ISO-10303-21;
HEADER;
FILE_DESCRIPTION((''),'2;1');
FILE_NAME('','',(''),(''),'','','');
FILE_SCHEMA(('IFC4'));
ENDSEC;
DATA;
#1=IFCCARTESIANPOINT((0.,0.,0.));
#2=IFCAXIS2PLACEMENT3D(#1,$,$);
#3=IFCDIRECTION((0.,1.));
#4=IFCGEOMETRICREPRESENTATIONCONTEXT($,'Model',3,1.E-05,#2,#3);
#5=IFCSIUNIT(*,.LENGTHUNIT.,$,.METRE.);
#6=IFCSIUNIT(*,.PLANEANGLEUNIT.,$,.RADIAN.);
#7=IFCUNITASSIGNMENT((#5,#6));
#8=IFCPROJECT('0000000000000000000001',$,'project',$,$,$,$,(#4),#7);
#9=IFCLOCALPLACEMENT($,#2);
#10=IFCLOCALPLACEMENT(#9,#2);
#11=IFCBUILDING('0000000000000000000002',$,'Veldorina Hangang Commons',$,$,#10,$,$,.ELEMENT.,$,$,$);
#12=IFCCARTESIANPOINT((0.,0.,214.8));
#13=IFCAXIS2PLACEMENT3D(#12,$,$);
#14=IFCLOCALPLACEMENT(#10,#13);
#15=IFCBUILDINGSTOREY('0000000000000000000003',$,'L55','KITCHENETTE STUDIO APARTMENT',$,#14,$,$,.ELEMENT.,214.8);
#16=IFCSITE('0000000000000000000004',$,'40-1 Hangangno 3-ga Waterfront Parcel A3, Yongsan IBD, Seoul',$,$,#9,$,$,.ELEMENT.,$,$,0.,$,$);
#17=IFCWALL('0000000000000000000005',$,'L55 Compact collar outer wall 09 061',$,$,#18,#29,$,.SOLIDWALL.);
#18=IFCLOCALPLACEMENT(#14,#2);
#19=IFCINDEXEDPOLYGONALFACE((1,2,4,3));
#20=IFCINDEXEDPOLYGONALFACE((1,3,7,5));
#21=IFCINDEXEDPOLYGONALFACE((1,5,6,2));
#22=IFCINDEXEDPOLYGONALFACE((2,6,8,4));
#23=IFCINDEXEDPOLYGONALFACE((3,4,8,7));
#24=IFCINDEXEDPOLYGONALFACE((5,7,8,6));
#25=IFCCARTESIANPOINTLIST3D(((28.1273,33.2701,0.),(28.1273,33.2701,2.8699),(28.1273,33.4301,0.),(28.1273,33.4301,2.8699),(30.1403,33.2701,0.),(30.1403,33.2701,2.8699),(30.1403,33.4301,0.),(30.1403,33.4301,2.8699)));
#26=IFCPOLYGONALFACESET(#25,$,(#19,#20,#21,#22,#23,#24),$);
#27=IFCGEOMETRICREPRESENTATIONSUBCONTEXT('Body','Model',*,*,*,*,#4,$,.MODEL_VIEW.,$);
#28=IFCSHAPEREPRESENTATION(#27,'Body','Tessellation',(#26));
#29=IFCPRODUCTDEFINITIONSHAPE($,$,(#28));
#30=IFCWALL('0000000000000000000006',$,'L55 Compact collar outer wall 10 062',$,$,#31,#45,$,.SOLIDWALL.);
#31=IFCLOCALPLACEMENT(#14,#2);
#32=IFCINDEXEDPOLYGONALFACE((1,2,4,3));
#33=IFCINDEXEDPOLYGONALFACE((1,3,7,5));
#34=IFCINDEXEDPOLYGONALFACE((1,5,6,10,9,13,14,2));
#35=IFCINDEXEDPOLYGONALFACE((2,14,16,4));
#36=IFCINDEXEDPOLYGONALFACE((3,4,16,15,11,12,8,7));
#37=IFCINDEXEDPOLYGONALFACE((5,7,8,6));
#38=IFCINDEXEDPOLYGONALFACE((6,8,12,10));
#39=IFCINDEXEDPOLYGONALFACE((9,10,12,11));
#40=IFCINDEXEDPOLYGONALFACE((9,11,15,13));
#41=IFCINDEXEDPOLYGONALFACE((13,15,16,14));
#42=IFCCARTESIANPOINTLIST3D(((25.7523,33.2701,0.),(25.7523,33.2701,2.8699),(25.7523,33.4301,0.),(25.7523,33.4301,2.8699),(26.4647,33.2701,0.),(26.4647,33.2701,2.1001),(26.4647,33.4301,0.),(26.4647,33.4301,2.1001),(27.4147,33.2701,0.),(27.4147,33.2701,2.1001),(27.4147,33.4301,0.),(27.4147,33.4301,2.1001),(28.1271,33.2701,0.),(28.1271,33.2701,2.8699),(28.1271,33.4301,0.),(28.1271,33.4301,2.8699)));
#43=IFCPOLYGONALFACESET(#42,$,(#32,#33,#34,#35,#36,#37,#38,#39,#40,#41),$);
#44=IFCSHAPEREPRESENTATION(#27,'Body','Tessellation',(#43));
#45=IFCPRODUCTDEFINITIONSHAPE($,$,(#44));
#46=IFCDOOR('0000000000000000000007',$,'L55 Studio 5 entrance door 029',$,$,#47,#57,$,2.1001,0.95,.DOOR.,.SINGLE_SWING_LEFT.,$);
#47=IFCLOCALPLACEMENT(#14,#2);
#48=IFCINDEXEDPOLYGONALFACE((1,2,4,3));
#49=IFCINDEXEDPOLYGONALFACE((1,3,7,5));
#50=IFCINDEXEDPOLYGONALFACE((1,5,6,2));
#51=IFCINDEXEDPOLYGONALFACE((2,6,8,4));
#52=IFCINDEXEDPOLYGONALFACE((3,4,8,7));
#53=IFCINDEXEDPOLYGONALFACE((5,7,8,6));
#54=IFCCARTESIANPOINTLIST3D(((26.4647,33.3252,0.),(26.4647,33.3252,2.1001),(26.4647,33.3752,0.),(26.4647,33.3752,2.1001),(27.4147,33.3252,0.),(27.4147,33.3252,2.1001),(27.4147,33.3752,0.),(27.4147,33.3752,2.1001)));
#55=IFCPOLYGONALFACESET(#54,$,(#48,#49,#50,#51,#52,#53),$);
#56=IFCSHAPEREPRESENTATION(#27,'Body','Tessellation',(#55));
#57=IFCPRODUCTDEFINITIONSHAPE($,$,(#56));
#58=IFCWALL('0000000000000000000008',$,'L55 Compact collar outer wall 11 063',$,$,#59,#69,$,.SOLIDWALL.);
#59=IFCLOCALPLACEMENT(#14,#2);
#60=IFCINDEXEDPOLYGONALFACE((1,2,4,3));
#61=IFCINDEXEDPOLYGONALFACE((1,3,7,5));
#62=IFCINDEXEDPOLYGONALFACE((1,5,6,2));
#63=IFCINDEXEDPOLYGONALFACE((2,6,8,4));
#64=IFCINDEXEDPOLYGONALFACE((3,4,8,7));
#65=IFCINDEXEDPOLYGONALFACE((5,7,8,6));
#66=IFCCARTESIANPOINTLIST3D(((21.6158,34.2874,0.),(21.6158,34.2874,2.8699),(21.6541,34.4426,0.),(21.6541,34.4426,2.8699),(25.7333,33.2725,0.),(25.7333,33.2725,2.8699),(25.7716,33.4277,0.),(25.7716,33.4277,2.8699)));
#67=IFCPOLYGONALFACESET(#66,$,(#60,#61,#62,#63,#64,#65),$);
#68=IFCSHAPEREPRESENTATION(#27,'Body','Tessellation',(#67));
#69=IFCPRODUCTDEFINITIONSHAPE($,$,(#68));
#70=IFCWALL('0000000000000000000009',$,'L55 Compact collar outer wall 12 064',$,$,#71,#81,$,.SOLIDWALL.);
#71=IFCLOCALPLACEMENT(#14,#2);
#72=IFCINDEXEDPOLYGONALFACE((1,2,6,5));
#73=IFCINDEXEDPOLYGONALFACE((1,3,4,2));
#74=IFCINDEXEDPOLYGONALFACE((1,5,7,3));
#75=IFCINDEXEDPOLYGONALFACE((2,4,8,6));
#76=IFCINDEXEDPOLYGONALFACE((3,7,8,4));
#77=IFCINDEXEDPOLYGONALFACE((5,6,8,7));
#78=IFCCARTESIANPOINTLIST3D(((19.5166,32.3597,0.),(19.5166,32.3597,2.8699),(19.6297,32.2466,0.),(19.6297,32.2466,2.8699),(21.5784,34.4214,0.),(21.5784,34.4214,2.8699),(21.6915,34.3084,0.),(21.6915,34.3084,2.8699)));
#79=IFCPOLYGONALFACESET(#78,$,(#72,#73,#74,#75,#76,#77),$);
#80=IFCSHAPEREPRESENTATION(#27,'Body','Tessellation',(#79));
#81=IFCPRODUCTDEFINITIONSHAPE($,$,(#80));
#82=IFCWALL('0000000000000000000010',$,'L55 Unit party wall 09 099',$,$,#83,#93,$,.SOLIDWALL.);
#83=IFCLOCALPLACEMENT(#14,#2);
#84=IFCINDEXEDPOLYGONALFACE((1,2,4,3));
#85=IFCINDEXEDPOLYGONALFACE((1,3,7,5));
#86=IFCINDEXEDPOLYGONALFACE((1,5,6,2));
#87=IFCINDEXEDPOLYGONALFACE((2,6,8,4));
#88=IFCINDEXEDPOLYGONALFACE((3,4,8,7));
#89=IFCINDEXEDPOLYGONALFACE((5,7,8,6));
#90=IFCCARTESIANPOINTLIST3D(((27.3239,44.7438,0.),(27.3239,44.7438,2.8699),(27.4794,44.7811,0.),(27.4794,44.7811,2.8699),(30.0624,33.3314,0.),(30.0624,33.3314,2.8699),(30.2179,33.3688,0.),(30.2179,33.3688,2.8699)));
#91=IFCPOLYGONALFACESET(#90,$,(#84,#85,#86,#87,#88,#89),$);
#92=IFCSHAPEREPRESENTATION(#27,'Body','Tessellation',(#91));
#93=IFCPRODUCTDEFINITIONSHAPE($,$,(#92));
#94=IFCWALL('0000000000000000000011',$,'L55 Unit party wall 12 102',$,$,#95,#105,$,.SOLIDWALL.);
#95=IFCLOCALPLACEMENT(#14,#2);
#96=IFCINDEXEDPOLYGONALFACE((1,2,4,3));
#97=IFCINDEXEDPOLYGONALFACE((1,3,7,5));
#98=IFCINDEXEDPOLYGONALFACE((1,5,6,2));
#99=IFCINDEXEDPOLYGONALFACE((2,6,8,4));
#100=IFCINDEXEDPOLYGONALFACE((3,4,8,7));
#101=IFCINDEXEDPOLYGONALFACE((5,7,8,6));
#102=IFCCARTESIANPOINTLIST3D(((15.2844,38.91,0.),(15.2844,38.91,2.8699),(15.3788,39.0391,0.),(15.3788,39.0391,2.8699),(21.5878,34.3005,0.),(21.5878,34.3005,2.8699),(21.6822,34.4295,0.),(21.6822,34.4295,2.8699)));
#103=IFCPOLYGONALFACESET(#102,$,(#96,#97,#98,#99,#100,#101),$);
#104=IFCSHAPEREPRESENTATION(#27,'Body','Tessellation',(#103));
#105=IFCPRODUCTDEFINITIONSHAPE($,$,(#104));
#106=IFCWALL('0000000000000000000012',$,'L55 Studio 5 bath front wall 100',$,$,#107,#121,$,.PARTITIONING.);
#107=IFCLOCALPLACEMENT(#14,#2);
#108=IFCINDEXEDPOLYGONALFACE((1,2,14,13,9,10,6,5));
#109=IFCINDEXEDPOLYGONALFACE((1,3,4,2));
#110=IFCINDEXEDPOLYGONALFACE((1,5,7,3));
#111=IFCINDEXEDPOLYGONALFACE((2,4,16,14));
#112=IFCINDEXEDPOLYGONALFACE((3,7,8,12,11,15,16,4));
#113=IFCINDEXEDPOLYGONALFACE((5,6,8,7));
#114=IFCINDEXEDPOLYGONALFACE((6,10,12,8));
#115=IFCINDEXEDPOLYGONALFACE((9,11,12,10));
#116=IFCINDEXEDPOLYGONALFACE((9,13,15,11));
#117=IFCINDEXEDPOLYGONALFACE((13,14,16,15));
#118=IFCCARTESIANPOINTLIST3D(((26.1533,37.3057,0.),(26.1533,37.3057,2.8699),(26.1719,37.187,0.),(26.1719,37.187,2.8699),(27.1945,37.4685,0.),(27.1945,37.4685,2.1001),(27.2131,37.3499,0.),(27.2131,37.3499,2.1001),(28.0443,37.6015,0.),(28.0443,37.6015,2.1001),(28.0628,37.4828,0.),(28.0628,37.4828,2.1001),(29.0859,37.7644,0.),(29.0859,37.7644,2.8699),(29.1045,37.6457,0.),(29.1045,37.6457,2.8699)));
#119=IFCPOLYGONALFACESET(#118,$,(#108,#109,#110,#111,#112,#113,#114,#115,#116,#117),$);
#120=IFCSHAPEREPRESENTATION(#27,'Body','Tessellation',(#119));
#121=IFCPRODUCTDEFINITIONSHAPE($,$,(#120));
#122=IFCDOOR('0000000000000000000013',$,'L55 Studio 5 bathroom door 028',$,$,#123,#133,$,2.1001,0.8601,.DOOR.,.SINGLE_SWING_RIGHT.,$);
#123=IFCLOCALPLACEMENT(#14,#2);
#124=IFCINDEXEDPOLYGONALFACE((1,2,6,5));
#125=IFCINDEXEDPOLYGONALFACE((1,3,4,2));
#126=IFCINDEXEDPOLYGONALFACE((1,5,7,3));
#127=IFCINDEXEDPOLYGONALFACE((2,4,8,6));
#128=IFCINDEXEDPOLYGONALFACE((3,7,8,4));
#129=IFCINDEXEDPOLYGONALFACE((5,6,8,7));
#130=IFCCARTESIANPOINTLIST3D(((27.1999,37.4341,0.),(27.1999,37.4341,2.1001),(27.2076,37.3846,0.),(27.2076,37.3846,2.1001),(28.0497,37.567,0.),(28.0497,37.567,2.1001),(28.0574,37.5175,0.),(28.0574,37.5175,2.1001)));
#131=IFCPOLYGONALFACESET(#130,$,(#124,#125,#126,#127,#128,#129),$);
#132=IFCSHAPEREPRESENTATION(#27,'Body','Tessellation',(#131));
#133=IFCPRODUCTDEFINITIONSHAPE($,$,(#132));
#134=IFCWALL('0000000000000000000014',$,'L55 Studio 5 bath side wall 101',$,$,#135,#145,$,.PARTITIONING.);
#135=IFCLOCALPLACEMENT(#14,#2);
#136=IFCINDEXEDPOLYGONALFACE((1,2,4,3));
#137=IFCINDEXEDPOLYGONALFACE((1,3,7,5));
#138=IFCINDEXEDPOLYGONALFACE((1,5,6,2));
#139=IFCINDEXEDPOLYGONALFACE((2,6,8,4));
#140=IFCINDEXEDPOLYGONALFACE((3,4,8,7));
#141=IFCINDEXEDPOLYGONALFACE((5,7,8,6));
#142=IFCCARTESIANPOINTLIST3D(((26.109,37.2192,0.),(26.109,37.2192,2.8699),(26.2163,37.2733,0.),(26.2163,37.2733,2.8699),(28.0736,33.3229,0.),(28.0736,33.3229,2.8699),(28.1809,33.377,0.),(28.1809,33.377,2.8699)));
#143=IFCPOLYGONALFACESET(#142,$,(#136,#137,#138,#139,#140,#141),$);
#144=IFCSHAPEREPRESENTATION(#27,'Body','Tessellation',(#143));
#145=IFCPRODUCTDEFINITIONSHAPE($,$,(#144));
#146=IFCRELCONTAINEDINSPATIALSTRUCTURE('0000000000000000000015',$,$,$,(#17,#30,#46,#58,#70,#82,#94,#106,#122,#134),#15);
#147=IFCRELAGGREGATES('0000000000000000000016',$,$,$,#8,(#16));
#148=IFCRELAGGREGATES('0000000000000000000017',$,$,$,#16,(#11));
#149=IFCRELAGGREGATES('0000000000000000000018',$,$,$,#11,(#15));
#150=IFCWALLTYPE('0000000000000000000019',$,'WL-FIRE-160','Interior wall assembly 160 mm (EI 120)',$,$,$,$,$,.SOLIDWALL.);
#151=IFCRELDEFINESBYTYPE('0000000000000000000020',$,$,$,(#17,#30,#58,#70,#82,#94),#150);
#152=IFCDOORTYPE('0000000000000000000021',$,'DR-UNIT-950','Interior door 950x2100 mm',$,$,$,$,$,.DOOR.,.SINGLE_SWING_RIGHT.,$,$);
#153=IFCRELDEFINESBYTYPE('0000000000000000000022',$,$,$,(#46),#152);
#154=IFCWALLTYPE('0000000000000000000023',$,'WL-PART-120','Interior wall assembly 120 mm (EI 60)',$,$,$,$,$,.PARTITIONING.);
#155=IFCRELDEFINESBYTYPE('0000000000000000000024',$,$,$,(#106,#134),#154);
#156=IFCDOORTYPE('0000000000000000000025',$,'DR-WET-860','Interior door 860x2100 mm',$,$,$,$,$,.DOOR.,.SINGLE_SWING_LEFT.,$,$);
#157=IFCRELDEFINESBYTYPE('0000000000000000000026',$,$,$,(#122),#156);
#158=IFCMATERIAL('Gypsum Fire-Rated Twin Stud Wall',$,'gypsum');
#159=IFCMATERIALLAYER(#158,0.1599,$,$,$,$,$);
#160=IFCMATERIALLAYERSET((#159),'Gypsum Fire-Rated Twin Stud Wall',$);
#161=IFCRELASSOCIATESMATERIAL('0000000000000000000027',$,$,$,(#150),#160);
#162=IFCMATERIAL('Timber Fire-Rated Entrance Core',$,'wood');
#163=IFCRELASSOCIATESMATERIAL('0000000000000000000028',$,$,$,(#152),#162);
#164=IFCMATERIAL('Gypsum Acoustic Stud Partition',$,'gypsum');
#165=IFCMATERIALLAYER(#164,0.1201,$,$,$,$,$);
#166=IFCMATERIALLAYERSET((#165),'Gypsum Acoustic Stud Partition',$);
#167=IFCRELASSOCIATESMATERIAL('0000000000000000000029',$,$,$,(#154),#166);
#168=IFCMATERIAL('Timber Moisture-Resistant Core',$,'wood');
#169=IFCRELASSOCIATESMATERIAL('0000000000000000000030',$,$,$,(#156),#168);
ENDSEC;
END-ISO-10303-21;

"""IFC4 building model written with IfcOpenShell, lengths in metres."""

from ifc_helpers import new_model, si_unit, direction, frame, frame_2d, origin, place, context, subcontext, project, spatial, rectangle, extrude, material, layer, layer_set, type_object, element, fill, save


model = new_model("IFC4")

# Units and contexts
model_context = context("Model", 3, precision=1e-05, world=origin(), true_north=direction((0.0, 1.0)))
body_context = subcontext(model_context, "Body", "Model", "MODEL_VIEW")
ifc_project = project(units=[si_unit("LENGTHUNIT", "METRE"), si_unit("PLANEANGLEUNIT", "RADIAN")], contexts=[model_context])

# Site, building, storey
site_placement = place(None, origin())
site = spatial("IfcSite", under=ifc_project, at=site_placement, Name="40-1 Hangangno 3-ga Waterfront Parcel A3, Yongsan IBD, Seoul", CompositionType="ELEMENT", RefElevation=0.0)
building_placement = place(site_placement, origin())
building = spatial("IfcBuilding", under=site, at=building_placement, Name="Veldorina Hangang Commons", CompositionType="ELEMENT")
storey_placement = place(building_placement, frame((0.0, 0.0, 214.8)))
storey = spatial("IfcBuildingStorey", under=building, at=storey_placement, Name="L55", Description="KITCHENETTE STUDIO APARTMENT", CompositionType="ELEMENT", Elevation=214.8)

# Wall
ifc_material_1 = material(Name="Gypsum Fire-Rated Twin Stud Wall", Category="gypsum")
ifc_layer_1 = layer(ifc_material_1, 0.1599)
ifc_layer_set_1 = layer_set([ifc_layer_1], Name="Gypsum Fire-Rated Twin Stud Wall")
wall_type_1 = type_object("IfcWallType", Name="WL-FIRE-160", Description="Interior wall assembly 160 mm (EI 120)", PredefinedType="SOLIDWALL", material=ifc_layer_set_1)
wall_1_placement = place(storey_placement, frame((30.1401, 33.3501, 0.0), z_axis=(0.0, 0.0, 1.0), x_axis=(-1.0, 0.0, 0.0)))
element("IfcWall", 1, at=wall_1_placement, inside=storey, type_object=wall_type_1, Name="L55 Compact collar outer wall 09 061", PredefinedType="SOLIDWALL", context=body_context, shape_type="SweptSolid", body=[
    extrude(rectangle(XDim=2.0129, YDim=0.1599, at=frame_2d((1.0063, 0.0))), origin(), (0.0, 0.0, 1.0), 2.8699),
])

# Wall, opening, door
wall_2_placement = place(storey_placement, frame((28.1272, 33.3501, 0.0), z_axis=(0.0, 0.0, 1.0), x_axis=(-1.0, 0.0, 0.0)))
wall_2 = element("IfcWall", 2, at=wall_2_placement, inside=storey, type_object=wall_type_1, Name="L55 Compact collar outer wall 10 062", PredefinedType="SOLIDWALL", context=body_context, shape_type="SweptSolid", body=[
    extrude(rectangle(XDim=2.3748, YDim=0.1599, at=frame_2d((1.1875, 0.0))), origin(), (0.0, 0.0, 1.0), 2.8699),
])
opening_1_placement = place(wall_2_placement, frame((0.7124, 0.0, 0.0)))
opening_1 = element("IfcOpeningElement", 3, at=opening_1_placement, cuts=wall_2, PredefinedType="OPENING", context=body_context, shape_type="SweptSolid", body=[
    extrude(rectangle(XDim=0.95, YDim=2.1001, at=frame_2d((0.4751, 1.05))), frame((0.0, 0.0898, 0.0), z_axis=(0.0, -1.0, 0.0), x_axis=(1.0, 0.0, 0.0)), (0.0, 0.0, 1.0), 0.1799),
])
ifc_material_2 = material(Name="Timber Fire-Rated Entrance Core", Category="wood")
door_type_1 = type_object("IfcDoorType", Name="DR-UNIT-950", Description="Interior door 950x2100 mm", OperationType="SINGLE_SWING_RIGHT", PredefinedType="DOOR", material=ifc_material_2)
door_1_placement = place(opening_1_placement, origin())
door_1 = element("IfcDoor", 4, at=door_1_placement, inside=storey, type_object=door_type_1, Name="L55 Studio 5 entrance door 029", OperationType="SINGLE_SWING_LEFT", OverallHeight=2.1001, OverallWidth=0.95, PredefinedType="DOOR", context=body_context, shape_type="SweptSolid", body=[
    extrude(rectangle(XDim=0.95, YDim=2.1001, at=frame_2d((0.4751, 1.05))), frame((0.0, 0.0249, 0.0), z_axis=(0.0, -1.0, 0.0), x_axis=(1.0, 0.0, 0.0)), (0.0, 0.0, 1.0), 0.05),
])
fill(opening_1, door_1)

# Walls
wall_3_placement = place(storey_placement, frame((25.7524, 33.3501, 0.0), z_axis=(0.0, 0.0, 1.0), x_axis=(-0.97094, 0.239324, 0.0)))
element("IfcWall", 5, at=wall_3_placement, inside=storey, type_object=wall_type_1, Name="L55 Compact collar outer wall 11 063", PredefinedType="SOLIDWALL", context=body_context, shape_type="SweptSolid", body=[
    extrude(rectangle(XDim=4.2407, YDim=0.1599, at=frame_2d((2.1204, 0.0))), origin(), (0.0, 0.0, 1.0), 2.8699),
])
wall_4_placement = place(storey_placement, frame((21.635, 34.365, 0.0), z_axis=(0.0, 0.0, 1.0), x_axis=(-0.707107, -0.707107, 0.0)))
element("IfcWall", 6, at=wall_4_placement, inside=storey, type_object=wall_type_1, Name="L55 Compact collar outer wall 12 064", PredefinedType="SOLIDWALL", context=body_context, shape_type="SweptSolid", body=[
    extrude(rectangle(XDim=2.9158, YDim=0.1599, at=frame_2d((1.458, 0.0))), origin(), (0.0, 0.0, 1.0), 2.8699),
])
wall_5_placement = place(storey_placement, frame((30.1401, 33.3501, 0.0), z_axis=(0.0, 0.0, 1.0), x_axis=(-0.233338, 0.972396, 0.0)))
element("IfcWall", 7, at=wall_5_placement, inside=storey, type_object=wall_type_1, Name="L55 Unit party wall 09 099", PredefinedType="SOLIDWALL", context=body_context, shape_type="SweptSolid", body=[
    extrude(rectangle(XDim=11.7363, YDim=0.1599, at=frame_2d((5.8682, 0.0))), origin(), (0.0, 0.0, 1.0), 2.8699),
])
wall_6_placement = place(storey_placement, frame((21.635, 34.365, 0.0), z_axis=(0.0, 0.0, 1.0), x_axis=(-0.807193, 0.590287, 0.0)))
element("IfcWall", 8, at=wall_6_placement, inside=storey, type_object=wall_type_1, Name="L55 Unit party wall 12 102", PredefinedType="SOLIDWALL", context=body_context, shape_type="SweptSolid", body=[
    extrude(rectangle(XDim=7.8091, YDim=0.1599, at=frame_2d((3.9045, 0.0))), origin(), (0.0, 0.0, 1.0), 2.8699),
])

# Wall, opening, door
ifc_material_3 = material(Name="Gypsum Acoustic Stud Partition", Category="gypsum")
ifc_layer_2 = layer(ifc_material_3, 0.1201)
ifc_layer_set_2 = layer_set([ifc_layer_2], Name="Gypsum Acoustic Stud Partition")
wall_type_2 = type_object("IfcWallType", Name="WL-PART-120", Description="Interior wall assembly 120 mm (EI 60)", PredefinedType="PARTITIONING", material=ifc_layer_set_2)
wall_7_placement = place(storey_placement, frame((29.0952, 37.7051, 0.0), z_axis=(0.0, 0.0, 1.0), x_axis=(-0.987985, -0.154547, 0.0)))
wall_7 = element("IfcWall", 9, at=wall_7_placement, inside=storey, type_object=wall_type_2, Name="L55 Studio 5 bath front wall 100", PredefinedType="PARTITIONING", context=body_context, shape_type="SweptSolid", body=[
    extrude(rectangle(XDim=2.9683, YDim=0.1201, at=frame_2d((1.4841, 0.0))), origin(), (0.0, 0.0, 1.0), 2.8699),
])
opening_2_placement = place(wall_7_placement, frame((1.0542, 0.0, 0.0)))
opening_2 = element("IfcOpeningElement", 10, at=opening_2_placement, cuts=wall_7, PredefinedType="OPENING", context=body_context, shape_type="SweptSolid", body=[
    extrude(rectangle(XDim=0.8601, YDim=2.1001, at=frame_2d((0.4302, 1.05))), frame((0.0, 0.0701, 0.0), z_axis=(0.0, -1.0, 0.0), x_axis=(1.0, 0.0, 0.0)), (0.0, 0.0, 1.0), 0.1401),
])
ifc_material_4 = material(Name="Timber Moisture-Resistant Core", Category="wood")
door_type_2 = type_object("IfcDoorType", Name="DR-WET-860", Description="Interior door 860x2100 mm", OperationType="SINGLE_SWING_LEFT", PredefinedType="DOOR", material=ifc_material_4)
door_2_placement = place(opening_2_placement, origin())
door_2 = element("IfcDoor", 11, at=door_2_placement, inside=storey, type_object=door_type_2, Name="L55 Studio 5 bathroom door 028", OperationType="SINGLE_SWING_RIGHT", OverallHeight=2.1001, OverallWidth=0.8601, PredefinedType="DOOR", context=body_context, shape_type="SweptSolid", body=[
    extrude(rectangle(XDim=0.8601, YDim=2.1001, at=frame_2d((0.4302, 1.05))), frame((0.0, 0.0249, 0.0), z_axis=(0.0, -1.0, 0.0), x_axis=(1.0, 0.0, 0.0)), (0.0, 0.0, 1.0), 0.05),
])
fill(opening_2, door_2)

# Wall
wall_8_placement = place(storey_placement, frame((28.1272, 33.3501, 0.0), z_axis=(0.0, 0.0, 1.0), x_axis=(-0.450232, 0.892911, 0.0)))
element("IfcWall", 12, at=wall_8_placement, inside=storey, type_object=wall_type_2, Name="L55 Studio 5 bath side wall 101", PredefinedType="PARTITIONING", context=body_context, shape_type="SweptSolid", body=[
    extrude(rectangle(XDim=4.3635, YDim=0.1201, at=frame_2d((2.1816, 0.0))), origin(), (0.0, 0.0, 1.0), 2.8699),
])

save(model, "model.ifc")
